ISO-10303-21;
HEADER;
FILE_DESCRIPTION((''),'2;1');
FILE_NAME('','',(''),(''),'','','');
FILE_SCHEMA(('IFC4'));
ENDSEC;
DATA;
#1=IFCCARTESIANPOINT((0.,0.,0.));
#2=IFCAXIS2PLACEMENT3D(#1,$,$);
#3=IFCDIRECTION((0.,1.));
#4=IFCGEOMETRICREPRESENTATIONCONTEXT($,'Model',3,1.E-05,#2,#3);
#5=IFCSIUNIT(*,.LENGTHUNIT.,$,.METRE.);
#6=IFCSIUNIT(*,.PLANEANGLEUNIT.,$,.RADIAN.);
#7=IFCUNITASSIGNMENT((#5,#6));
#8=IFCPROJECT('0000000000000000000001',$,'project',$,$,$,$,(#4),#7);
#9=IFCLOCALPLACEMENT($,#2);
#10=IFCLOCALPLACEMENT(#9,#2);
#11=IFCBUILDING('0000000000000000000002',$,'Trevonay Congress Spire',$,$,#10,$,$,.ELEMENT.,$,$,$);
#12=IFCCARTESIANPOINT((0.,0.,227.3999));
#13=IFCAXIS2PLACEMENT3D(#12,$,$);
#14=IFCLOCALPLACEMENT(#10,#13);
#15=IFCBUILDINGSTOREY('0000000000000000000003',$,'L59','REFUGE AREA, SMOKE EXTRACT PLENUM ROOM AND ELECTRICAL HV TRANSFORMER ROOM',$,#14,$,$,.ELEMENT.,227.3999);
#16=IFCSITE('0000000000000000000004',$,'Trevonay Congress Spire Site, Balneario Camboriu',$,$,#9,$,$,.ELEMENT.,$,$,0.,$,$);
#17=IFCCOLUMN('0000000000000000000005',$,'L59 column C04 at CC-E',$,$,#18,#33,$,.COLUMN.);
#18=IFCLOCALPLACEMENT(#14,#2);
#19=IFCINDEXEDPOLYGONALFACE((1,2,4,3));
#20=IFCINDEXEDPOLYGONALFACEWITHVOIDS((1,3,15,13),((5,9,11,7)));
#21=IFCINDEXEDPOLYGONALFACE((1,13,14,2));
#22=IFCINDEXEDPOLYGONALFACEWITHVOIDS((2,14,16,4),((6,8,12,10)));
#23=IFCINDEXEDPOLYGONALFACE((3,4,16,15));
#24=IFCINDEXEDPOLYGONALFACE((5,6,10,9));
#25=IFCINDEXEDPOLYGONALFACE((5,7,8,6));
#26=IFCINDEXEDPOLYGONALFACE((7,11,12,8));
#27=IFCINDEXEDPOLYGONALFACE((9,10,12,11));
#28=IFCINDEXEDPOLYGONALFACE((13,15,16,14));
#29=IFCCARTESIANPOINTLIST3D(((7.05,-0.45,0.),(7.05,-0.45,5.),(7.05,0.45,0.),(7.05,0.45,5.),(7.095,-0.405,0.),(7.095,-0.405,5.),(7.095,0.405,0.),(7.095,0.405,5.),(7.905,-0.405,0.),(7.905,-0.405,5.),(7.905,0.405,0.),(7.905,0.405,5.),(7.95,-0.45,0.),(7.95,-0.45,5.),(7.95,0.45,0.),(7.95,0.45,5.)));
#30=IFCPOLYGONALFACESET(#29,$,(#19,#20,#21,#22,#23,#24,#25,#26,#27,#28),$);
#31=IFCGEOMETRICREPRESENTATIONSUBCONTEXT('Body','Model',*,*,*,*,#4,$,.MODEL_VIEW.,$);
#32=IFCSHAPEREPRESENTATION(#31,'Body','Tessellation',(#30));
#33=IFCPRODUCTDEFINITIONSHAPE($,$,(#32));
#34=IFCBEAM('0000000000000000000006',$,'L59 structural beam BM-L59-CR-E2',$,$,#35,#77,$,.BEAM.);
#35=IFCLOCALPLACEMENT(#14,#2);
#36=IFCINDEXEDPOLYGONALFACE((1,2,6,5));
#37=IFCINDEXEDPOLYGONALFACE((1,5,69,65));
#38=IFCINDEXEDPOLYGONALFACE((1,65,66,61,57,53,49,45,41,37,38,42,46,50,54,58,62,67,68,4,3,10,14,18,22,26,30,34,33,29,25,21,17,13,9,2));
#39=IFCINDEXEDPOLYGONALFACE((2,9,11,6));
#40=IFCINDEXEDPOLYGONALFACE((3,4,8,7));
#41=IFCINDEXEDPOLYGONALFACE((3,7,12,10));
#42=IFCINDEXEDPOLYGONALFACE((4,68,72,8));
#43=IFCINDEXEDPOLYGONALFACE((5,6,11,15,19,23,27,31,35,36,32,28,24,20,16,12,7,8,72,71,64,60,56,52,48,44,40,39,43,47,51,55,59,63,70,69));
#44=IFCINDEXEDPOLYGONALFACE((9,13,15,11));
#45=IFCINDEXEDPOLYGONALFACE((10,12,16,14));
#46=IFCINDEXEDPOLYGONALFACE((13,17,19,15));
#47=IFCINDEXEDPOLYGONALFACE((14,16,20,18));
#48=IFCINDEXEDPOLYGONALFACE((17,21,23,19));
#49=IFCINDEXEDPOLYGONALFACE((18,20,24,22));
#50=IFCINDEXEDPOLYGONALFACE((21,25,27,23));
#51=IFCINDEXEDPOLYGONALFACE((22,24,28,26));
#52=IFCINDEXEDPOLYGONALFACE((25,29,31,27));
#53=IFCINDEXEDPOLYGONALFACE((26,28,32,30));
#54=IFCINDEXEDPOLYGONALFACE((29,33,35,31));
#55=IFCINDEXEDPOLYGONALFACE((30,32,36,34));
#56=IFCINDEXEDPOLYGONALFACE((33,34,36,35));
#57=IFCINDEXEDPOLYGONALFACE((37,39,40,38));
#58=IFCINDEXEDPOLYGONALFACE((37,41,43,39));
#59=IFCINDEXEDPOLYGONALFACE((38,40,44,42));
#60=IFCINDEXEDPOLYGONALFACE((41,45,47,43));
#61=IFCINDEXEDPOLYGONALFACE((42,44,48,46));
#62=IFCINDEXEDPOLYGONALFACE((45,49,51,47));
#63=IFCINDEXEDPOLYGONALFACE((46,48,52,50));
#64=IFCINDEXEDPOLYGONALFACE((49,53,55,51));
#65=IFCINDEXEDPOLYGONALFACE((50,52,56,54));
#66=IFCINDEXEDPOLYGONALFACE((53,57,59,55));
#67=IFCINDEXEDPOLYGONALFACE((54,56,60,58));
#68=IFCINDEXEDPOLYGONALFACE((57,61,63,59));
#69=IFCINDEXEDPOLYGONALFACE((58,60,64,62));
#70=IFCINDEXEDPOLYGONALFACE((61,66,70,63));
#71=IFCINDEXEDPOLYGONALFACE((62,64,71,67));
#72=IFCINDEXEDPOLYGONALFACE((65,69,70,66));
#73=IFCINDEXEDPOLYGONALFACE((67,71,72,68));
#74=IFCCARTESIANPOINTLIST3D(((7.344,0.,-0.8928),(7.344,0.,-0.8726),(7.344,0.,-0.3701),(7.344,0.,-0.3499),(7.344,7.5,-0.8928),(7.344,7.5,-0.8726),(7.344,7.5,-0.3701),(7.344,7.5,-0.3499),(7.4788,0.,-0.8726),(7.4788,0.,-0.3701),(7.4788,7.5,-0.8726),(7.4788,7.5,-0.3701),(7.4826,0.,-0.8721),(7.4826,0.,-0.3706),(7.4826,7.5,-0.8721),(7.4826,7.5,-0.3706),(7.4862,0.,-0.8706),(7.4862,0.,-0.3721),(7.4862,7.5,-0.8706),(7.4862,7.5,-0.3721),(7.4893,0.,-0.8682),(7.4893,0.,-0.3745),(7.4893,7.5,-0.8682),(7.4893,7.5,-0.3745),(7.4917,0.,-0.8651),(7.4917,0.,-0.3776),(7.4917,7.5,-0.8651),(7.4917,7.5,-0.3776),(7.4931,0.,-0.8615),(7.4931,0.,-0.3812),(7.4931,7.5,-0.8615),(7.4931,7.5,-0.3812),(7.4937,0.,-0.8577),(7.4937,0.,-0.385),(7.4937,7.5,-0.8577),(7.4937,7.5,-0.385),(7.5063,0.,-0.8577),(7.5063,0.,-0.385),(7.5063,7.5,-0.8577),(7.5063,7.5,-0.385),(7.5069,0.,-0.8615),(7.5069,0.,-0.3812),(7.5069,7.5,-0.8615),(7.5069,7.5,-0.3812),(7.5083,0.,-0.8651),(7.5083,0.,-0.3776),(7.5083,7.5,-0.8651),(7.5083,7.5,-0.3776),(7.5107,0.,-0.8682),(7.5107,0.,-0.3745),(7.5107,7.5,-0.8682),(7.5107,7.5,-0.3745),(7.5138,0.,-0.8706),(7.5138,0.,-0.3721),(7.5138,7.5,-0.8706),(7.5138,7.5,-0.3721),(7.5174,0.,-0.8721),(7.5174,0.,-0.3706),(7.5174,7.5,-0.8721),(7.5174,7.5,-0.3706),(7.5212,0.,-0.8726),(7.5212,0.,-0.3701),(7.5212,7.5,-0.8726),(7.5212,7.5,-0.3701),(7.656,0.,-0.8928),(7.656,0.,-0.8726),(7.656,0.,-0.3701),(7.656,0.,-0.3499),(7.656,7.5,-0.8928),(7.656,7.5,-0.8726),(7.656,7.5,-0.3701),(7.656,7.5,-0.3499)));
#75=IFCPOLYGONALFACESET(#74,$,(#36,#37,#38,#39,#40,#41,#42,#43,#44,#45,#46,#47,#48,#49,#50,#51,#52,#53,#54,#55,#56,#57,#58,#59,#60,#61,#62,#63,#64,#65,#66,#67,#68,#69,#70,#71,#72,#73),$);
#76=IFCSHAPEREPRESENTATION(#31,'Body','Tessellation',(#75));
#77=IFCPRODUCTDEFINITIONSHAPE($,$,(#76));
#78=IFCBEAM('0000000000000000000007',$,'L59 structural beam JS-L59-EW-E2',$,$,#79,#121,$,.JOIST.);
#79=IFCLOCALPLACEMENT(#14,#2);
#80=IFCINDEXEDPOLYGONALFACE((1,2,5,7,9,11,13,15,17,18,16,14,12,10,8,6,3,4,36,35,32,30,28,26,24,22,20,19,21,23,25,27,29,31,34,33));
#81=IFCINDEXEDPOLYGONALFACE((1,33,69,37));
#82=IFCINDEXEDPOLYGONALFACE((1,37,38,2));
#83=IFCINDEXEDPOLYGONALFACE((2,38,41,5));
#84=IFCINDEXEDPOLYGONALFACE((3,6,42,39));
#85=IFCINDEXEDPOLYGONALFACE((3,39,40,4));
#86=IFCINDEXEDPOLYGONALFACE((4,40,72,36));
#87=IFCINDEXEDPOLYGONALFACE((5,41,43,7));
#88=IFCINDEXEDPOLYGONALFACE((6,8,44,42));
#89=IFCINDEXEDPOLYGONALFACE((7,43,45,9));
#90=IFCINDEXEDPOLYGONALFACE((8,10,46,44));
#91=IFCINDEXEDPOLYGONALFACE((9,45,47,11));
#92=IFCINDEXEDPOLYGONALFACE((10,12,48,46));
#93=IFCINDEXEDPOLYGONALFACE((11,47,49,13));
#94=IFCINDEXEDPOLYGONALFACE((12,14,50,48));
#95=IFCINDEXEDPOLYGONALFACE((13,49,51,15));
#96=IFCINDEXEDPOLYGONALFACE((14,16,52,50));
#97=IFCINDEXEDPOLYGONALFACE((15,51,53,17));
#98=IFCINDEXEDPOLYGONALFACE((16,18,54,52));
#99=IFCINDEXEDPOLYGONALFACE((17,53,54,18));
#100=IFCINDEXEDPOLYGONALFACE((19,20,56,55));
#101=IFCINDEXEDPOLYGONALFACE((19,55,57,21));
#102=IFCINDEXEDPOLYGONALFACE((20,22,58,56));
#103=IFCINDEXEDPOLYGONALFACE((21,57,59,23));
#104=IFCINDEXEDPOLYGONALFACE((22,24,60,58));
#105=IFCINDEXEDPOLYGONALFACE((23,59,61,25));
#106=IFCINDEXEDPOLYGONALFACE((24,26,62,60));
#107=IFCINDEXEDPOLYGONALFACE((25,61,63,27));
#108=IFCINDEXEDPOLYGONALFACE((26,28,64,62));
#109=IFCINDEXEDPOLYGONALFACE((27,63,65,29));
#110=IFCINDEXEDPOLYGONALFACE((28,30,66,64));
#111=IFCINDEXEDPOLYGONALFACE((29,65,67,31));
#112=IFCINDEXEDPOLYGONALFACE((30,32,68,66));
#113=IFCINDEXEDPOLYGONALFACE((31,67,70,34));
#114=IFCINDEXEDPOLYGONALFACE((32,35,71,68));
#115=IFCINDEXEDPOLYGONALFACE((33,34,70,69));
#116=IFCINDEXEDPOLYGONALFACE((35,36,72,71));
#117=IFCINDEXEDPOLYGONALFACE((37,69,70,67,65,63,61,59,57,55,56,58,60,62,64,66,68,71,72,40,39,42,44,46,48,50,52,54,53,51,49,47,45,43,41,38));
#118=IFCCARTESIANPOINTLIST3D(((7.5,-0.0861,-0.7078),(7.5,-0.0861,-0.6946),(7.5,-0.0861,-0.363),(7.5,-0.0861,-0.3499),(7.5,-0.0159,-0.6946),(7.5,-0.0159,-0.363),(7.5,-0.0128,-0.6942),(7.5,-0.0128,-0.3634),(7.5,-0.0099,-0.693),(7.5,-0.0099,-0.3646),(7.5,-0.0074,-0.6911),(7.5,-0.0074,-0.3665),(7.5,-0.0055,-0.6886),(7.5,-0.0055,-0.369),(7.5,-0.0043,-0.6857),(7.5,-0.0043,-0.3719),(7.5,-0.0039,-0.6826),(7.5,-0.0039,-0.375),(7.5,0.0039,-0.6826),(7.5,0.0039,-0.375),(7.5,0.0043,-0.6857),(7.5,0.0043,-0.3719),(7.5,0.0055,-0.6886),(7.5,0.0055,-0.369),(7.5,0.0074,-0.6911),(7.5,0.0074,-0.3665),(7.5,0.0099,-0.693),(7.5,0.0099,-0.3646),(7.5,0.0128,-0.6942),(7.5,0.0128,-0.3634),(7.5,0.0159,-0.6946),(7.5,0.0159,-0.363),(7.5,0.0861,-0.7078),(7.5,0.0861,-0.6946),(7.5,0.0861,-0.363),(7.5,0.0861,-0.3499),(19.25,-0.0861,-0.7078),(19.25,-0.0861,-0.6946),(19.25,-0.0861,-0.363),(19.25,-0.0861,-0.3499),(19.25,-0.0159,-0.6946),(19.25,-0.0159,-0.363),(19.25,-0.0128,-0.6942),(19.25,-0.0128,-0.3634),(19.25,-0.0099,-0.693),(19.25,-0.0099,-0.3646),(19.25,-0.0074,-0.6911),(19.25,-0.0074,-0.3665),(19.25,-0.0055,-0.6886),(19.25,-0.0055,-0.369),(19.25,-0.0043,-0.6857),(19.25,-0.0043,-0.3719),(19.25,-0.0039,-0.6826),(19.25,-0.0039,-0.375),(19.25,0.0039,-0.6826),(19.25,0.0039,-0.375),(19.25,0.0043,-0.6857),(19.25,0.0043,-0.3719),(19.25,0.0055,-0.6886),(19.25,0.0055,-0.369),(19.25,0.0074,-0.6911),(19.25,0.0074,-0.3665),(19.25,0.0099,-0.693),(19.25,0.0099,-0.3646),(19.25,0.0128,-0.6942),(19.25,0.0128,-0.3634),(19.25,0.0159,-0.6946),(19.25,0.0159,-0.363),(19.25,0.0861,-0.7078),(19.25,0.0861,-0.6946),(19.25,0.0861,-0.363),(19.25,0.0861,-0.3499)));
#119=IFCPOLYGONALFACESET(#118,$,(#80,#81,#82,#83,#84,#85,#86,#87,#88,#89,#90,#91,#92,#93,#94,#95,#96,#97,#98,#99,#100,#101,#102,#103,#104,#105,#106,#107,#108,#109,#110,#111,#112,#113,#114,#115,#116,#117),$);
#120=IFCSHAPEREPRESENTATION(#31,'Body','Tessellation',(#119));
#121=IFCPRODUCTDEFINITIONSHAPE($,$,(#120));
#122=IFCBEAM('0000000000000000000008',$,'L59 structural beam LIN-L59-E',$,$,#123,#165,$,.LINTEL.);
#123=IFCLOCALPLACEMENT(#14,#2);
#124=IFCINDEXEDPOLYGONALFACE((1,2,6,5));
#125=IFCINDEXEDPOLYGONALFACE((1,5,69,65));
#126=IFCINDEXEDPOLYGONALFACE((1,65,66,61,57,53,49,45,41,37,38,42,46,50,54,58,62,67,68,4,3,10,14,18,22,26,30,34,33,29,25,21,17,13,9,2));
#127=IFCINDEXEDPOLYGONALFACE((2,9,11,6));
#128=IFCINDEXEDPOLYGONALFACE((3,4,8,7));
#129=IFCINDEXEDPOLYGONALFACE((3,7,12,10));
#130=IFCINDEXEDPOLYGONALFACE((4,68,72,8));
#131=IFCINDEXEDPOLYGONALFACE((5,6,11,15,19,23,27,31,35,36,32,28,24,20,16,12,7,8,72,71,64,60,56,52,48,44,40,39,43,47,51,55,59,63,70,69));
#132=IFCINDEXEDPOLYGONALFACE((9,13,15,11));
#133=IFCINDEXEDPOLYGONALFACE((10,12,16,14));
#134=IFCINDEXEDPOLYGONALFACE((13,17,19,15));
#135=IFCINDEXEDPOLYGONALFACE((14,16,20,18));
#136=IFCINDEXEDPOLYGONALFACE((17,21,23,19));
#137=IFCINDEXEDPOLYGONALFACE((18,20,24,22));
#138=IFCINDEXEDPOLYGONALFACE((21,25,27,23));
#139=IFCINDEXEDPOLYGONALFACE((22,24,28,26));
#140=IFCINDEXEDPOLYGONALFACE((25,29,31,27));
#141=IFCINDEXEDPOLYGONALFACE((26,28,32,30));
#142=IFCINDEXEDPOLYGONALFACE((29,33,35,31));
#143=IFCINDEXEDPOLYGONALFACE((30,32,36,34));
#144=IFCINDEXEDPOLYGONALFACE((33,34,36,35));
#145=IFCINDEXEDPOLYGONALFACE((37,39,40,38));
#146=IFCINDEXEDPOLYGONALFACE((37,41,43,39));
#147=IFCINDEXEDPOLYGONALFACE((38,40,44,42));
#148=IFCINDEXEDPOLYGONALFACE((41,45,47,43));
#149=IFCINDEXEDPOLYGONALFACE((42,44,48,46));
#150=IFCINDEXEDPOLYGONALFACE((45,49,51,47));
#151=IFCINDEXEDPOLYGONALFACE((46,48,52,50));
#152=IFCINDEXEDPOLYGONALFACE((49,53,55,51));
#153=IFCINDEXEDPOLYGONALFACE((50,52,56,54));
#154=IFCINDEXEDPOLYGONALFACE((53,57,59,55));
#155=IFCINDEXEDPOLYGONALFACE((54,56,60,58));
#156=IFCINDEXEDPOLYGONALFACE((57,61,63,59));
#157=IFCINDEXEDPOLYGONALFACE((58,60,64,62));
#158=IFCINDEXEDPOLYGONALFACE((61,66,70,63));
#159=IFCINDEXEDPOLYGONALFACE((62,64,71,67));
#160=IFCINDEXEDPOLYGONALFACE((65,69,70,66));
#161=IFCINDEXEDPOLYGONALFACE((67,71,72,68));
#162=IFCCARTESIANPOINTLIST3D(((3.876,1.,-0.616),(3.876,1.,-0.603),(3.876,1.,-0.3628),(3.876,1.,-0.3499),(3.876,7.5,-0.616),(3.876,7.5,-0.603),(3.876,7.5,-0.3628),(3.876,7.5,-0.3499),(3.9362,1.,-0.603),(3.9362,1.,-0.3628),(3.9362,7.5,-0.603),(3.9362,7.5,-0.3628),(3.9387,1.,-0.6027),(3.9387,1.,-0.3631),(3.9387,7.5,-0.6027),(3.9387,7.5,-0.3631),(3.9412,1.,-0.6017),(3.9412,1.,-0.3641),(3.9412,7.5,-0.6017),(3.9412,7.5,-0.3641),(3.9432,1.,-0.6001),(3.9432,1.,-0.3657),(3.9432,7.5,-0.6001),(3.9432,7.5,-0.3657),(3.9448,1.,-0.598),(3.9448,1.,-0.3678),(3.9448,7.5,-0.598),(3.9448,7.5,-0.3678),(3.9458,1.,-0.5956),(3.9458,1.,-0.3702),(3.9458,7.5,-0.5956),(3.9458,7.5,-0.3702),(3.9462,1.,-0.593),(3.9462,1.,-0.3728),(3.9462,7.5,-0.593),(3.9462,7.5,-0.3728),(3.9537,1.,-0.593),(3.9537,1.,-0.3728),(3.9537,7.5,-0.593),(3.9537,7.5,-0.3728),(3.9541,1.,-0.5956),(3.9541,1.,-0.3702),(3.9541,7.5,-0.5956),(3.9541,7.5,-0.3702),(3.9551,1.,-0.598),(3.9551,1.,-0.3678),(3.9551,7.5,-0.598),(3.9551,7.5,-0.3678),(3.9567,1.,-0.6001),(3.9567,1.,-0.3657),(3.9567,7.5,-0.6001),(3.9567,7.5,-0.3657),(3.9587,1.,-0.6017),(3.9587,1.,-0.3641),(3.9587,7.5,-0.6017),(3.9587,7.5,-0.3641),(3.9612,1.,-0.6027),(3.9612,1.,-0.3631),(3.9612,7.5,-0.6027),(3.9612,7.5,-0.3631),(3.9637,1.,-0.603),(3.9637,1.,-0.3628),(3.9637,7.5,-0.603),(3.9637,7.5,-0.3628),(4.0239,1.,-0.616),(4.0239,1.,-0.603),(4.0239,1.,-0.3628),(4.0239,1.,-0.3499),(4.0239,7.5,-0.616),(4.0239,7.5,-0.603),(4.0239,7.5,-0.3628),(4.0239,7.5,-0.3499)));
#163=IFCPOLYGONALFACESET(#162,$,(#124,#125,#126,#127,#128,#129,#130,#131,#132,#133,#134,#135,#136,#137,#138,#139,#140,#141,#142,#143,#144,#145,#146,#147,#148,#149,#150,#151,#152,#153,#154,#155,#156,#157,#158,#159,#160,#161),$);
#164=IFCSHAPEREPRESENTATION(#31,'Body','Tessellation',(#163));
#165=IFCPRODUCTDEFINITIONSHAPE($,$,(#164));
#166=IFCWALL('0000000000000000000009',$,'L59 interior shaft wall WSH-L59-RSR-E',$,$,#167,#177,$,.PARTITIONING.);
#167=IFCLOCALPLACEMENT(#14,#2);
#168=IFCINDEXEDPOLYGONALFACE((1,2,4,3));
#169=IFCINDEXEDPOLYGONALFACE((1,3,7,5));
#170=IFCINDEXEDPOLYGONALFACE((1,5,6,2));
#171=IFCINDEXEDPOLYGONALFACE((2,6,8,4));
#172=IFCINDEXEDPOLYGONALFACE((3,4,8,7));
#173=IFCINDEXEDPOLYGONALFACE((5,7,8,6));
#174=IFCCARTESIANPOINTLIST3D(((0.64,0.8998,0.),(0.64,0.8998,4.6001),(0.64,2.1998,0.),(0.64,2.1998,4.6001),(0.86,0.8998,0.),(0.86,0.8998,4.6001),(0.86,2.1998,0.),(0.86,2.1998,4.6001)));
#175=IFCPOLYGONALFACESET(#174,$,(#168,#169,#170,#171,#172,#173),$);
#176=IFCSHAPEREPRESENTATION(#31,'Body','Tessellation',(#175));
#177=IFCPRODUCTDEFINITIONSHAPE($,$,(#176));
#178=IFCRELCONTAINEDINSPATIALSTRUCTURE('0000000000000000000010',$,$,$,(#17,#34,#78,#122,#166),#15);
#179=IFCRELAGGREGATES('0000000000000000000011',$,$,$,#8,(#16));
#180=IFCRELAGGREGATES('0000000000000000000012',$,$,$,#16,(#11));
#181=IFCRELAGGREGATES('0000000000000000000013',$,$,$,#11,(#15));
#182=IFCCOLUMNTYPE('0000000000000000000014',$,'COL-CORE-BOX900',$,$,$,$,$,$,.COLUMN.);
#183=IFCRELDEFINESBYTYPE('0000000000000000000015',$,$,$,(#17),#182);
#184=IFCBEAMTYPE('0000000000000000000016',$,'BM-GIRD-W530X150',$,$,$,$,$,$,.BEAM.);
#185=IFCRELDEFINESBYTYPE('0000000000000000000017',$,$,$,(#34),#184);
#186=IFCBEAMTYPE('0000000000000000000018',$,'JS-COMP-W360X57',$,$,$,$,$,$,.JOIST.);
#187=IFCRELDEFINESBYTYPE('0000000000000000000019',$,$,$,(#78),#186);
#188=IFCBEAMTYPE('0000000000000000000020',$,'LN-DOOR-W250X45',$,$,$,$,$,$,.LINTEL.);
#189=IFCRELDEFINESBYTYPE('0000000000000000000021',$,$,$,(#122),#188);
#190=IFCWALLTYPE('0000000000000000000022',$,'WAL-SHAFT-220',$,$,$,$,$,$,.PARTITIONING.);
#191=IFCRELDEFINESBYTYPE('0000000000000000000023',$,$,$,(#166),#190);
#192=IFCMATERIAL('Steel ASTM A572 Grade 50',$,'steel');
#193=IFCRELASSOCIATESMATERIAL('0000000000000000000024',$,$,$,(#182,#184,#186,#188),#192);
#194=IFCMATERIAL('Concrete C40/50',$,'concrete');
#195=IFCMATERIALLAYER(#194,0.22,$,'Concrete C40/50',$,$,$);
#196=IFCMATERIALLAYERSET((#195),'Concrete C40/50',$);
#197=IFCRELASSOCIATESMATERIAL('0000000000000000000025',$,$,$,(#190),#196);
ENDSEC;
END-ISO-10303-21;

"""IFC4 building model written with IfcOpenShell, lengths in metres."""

from ifc_helpers import new_model, si_unit, direction, frame, frame_2d, origin, origin_2d, place, context, subcontext, project, spatial, rectangle, hollow_rectangle, i_section, extrude, material, layer, layer_set, material_profile, profile_set, type_object, element, save


model = new_model("IFC4")

# Units and contexts
model_context = context("Model", 3, precision=1e-05, world=origin(), true_north=direction((0.0, 1.0)))
body_context = subcontext(model_context, "Body", "Model", "MODEL_VIEW")
ifc_project = project(units=[si_unit("LENGTHUNIT", "METRE"), si_unit("PLANEANGLEUNIT", "RADIAN")], contexts=[model_context])

# Site, building, storey
site_placement = place(None, origin())
site = spatial("IfcSite", under=ifc_project, at=site_placement, Name="Trevonay Congress Spire Site, Balneario Camboriu", CompositionType="ELEMENT", RefElevation=0.0)
building_placement = place(site_placement, origin())
building = spatial("IfcBuilding", under=site, at=building_placement, Name="Trevonay Congress Spire", CompositionType="ELEMENT")
storey_placement = place(building_placement, frame((0.0, 0.0, 227.3999)))
storey = spatial("IfcBuildingStorey", under=building, at=storey_placement, Name="L59", Description="REFUGE AREA, SMOKE EXTRACT PLENUM ROOM AND ELECTRICAL HV TRANSFORMER ROOM", CompositionType="ELEMENT", Elevation=227.3999)

# Column
ifc_material_1 = material(Name="Steel ASTM A572 Grade 50", Category="steel")
ifc_material_profile_1 = material_profile(ifc_material_1, hollow_rectangle(XDim=0.8999, YDim=0.8999, WallThickness=0.0449, at=origin_2d()), Name="BOX 900x900x45")
ifc_profile_set_1 = profile_set([ifc_material_profile_1], Name="Steel ASTM A572 Grade 50")
column_type = type_object("IfcColumnType", Name="COL-CORE-BOX900", PredefinedType="COLUMN", material=ifc_profile_set_1)
column_placement = place(storey_placement, frame((7.5, 0.0, 0.0), z_axis=(0.0, 0.0, 1.0), x_axis=(1.0, 0.0, 0.0)))
element("IfcColumn", 1, at=column_placement, inside=storey, type_object=column_type, Name="L59 column C04 at CC-E", PredefinedType="COLUMN", context=body_context, shape_type="SweptSolid", body=[
    extrude(hollow_rectangle(XDim=0.8999, YDim=0.8999, WallThickness=0.0449, at=origin_2d()), origin(), (0.0, 0.0, 1.0), 5.0),
])

# Beams
ifc_material_profile_2 = material_profile(ifc_material_1, i_section(OverallWidth=0.312, OverallDepth=0.543, WebThickness=0.0127, FlangeThickness=0.0203, FilletRadius=0.0149, at=origin_2d()), Name="W530x150")
ifc_profile_set_2 = profile_set([ifc_material_profile_2], Name="Steel ASTM A572 Grade 50")
beam_type_1 = type_object("IfcBeamType", Name="BM-GIRD-W530X150", PredefinedType="BEAM", material=ifc_profile_set_2)
beam_1_placement = place(storey_placement, frame((7.5, 0.0, -0.6213), z_axis=(0.0, 1.0, 0.0), x_axis=(-1.0, 0.0, 0.0)))
element("IfcBeam", 2, at=beam_1_placement, inside=storey, type_object=beam_type_1, Name="L59 structural beam BM-L59-CR-E2", PredefinedType="BEAM", context=body_context, shape_type="SweptSolid", body=[
    extrude(i_section(OverallWidth=0.312, OverallDepth=0.543, WebThickness=0.0127, FlangeThickness=0.0203, FilletRadius=0.0149, at=origin_2d()), origin(), (0.0, 0.0, 1.0), 7.5),
])
ifc_material_profile_3 = material_profile(ifc_material_1, i_section(OverallWidth=0.1721, OverallDepth=0.3579, WebThickness=0.0078, FlangeThickness=0.0132, FilletRadius=0.012, at=origin_2d()), Name="W360x57.8")
ifc_profile_set_3 = profile_set([ifc_material_profile_3], Name="Steel ASTM A572 Grade 50")
beam_type_2 = type_object("IfcBeamType", Name="JS-COMP-W360X57", PredefinedType="JOIST", material=ifc_profile_set_3)
beam_2_placement = place(storey_placement, frame((7.5, 0.0, -0.5288), z_axis=(1.0, 0.0, 0.0), x_axis=(0.0, 1.0, 0.0)))
element("IfcBeam", 3, at=beam_2_placement, inside=storey, type_object=beam_type_2, Name="L59 structural beam JS-L59-EW-E2", PredefinedType="JOIST", context=body_context, shape_type="SweptSolid", body=[
    extrude(i_section(OverallWidth=0.1721, OverallDepth=0.3579, WebThickness=0.0078, FlangeThickness=0.0132, FilletRadius=0.012, at=origin_2d()), origin(), (0.0, 0.0, 1.0), 11.75),
])
ifc_material_profile_4 = material_profile(ifc_material_1, i_section(OverallWidth=0.1479, OverallDepth=0.2661, WebThickness=0.0076, FlangeThickness=0.0129, FilletRadius=0.01, at=origin_2d()), Name="W250x44.8")
ifc_profile_set_4 = profile_set([ifc_material_profile_4], Name="Steel ASTM A572 Grade 50")
beam_type_3 = type_object("IfcBeamType", Name="LN-DOOR-W250X45", PredefinedType="LINTEL", material=ifc_profile_set_4)
beam_3_placement = place(storey_placement, frame((3.95, 1.0, -0.4829), z_axis=(0.0, 1.0, 0.0), x_axis=(-1.0, 0.0, 0.0)))
element("IfcBeam", 4, at=beam_3_placement, inside=storey, type_object=beam_type_3, Name="L59 structural beam LIN-L59-E", PredefinedType="LINTEL", context=body_context, shape_type="SweptSolid", body=[
    extrude(i_section(OverallWidth=0.1479, OverallDepth=0.2661, WebThickness=0.0076, FlangeThickness=0.0129, FilletRadius=0.01, at=origin_2d()), origin(), (0.0, 0.0, 1.0), 6.5),
])

# Wall
ifc_material_2 = material(Name="Concrete C40/50", Category="concrete")
ifc_layer_1 = layer(ifc_material_2, 0.22, Name="Concrete C40/50")
ifc_layer_set_1 = layer_set([ifc_layer_1], Name="Concrete C40/50")
wall_type_1 = type_object("IfcWallType", Name="WAL-SHAFT-220", PredefinedType="PARTITIONING", material=ifc_layer_set_1)
wall_1_placement = place(storey_placement, frame((0.75, 0.8999, 0.0), z_axis=(0.0, 0.0, 1.0), x_axis=(0.0, 1.0, 0.0)))
element("IfcWall", 5, at=wall_1_placement, inside=storey, type_object=wall_type_1, Name="L59 interior shaft wall WSH-L59-RSR-E", PredefinedType="PARTITIONING", context=body_context, shape_type="SweptSolid", body=[
    extrude(rectangle(XDim=1.3, YDim=0.22, at=frame_2d((0.6499, 0.0))), origin(), (0.0, 0.0, 1.0), 4.6001),
])

save(model, "model.ifc")
